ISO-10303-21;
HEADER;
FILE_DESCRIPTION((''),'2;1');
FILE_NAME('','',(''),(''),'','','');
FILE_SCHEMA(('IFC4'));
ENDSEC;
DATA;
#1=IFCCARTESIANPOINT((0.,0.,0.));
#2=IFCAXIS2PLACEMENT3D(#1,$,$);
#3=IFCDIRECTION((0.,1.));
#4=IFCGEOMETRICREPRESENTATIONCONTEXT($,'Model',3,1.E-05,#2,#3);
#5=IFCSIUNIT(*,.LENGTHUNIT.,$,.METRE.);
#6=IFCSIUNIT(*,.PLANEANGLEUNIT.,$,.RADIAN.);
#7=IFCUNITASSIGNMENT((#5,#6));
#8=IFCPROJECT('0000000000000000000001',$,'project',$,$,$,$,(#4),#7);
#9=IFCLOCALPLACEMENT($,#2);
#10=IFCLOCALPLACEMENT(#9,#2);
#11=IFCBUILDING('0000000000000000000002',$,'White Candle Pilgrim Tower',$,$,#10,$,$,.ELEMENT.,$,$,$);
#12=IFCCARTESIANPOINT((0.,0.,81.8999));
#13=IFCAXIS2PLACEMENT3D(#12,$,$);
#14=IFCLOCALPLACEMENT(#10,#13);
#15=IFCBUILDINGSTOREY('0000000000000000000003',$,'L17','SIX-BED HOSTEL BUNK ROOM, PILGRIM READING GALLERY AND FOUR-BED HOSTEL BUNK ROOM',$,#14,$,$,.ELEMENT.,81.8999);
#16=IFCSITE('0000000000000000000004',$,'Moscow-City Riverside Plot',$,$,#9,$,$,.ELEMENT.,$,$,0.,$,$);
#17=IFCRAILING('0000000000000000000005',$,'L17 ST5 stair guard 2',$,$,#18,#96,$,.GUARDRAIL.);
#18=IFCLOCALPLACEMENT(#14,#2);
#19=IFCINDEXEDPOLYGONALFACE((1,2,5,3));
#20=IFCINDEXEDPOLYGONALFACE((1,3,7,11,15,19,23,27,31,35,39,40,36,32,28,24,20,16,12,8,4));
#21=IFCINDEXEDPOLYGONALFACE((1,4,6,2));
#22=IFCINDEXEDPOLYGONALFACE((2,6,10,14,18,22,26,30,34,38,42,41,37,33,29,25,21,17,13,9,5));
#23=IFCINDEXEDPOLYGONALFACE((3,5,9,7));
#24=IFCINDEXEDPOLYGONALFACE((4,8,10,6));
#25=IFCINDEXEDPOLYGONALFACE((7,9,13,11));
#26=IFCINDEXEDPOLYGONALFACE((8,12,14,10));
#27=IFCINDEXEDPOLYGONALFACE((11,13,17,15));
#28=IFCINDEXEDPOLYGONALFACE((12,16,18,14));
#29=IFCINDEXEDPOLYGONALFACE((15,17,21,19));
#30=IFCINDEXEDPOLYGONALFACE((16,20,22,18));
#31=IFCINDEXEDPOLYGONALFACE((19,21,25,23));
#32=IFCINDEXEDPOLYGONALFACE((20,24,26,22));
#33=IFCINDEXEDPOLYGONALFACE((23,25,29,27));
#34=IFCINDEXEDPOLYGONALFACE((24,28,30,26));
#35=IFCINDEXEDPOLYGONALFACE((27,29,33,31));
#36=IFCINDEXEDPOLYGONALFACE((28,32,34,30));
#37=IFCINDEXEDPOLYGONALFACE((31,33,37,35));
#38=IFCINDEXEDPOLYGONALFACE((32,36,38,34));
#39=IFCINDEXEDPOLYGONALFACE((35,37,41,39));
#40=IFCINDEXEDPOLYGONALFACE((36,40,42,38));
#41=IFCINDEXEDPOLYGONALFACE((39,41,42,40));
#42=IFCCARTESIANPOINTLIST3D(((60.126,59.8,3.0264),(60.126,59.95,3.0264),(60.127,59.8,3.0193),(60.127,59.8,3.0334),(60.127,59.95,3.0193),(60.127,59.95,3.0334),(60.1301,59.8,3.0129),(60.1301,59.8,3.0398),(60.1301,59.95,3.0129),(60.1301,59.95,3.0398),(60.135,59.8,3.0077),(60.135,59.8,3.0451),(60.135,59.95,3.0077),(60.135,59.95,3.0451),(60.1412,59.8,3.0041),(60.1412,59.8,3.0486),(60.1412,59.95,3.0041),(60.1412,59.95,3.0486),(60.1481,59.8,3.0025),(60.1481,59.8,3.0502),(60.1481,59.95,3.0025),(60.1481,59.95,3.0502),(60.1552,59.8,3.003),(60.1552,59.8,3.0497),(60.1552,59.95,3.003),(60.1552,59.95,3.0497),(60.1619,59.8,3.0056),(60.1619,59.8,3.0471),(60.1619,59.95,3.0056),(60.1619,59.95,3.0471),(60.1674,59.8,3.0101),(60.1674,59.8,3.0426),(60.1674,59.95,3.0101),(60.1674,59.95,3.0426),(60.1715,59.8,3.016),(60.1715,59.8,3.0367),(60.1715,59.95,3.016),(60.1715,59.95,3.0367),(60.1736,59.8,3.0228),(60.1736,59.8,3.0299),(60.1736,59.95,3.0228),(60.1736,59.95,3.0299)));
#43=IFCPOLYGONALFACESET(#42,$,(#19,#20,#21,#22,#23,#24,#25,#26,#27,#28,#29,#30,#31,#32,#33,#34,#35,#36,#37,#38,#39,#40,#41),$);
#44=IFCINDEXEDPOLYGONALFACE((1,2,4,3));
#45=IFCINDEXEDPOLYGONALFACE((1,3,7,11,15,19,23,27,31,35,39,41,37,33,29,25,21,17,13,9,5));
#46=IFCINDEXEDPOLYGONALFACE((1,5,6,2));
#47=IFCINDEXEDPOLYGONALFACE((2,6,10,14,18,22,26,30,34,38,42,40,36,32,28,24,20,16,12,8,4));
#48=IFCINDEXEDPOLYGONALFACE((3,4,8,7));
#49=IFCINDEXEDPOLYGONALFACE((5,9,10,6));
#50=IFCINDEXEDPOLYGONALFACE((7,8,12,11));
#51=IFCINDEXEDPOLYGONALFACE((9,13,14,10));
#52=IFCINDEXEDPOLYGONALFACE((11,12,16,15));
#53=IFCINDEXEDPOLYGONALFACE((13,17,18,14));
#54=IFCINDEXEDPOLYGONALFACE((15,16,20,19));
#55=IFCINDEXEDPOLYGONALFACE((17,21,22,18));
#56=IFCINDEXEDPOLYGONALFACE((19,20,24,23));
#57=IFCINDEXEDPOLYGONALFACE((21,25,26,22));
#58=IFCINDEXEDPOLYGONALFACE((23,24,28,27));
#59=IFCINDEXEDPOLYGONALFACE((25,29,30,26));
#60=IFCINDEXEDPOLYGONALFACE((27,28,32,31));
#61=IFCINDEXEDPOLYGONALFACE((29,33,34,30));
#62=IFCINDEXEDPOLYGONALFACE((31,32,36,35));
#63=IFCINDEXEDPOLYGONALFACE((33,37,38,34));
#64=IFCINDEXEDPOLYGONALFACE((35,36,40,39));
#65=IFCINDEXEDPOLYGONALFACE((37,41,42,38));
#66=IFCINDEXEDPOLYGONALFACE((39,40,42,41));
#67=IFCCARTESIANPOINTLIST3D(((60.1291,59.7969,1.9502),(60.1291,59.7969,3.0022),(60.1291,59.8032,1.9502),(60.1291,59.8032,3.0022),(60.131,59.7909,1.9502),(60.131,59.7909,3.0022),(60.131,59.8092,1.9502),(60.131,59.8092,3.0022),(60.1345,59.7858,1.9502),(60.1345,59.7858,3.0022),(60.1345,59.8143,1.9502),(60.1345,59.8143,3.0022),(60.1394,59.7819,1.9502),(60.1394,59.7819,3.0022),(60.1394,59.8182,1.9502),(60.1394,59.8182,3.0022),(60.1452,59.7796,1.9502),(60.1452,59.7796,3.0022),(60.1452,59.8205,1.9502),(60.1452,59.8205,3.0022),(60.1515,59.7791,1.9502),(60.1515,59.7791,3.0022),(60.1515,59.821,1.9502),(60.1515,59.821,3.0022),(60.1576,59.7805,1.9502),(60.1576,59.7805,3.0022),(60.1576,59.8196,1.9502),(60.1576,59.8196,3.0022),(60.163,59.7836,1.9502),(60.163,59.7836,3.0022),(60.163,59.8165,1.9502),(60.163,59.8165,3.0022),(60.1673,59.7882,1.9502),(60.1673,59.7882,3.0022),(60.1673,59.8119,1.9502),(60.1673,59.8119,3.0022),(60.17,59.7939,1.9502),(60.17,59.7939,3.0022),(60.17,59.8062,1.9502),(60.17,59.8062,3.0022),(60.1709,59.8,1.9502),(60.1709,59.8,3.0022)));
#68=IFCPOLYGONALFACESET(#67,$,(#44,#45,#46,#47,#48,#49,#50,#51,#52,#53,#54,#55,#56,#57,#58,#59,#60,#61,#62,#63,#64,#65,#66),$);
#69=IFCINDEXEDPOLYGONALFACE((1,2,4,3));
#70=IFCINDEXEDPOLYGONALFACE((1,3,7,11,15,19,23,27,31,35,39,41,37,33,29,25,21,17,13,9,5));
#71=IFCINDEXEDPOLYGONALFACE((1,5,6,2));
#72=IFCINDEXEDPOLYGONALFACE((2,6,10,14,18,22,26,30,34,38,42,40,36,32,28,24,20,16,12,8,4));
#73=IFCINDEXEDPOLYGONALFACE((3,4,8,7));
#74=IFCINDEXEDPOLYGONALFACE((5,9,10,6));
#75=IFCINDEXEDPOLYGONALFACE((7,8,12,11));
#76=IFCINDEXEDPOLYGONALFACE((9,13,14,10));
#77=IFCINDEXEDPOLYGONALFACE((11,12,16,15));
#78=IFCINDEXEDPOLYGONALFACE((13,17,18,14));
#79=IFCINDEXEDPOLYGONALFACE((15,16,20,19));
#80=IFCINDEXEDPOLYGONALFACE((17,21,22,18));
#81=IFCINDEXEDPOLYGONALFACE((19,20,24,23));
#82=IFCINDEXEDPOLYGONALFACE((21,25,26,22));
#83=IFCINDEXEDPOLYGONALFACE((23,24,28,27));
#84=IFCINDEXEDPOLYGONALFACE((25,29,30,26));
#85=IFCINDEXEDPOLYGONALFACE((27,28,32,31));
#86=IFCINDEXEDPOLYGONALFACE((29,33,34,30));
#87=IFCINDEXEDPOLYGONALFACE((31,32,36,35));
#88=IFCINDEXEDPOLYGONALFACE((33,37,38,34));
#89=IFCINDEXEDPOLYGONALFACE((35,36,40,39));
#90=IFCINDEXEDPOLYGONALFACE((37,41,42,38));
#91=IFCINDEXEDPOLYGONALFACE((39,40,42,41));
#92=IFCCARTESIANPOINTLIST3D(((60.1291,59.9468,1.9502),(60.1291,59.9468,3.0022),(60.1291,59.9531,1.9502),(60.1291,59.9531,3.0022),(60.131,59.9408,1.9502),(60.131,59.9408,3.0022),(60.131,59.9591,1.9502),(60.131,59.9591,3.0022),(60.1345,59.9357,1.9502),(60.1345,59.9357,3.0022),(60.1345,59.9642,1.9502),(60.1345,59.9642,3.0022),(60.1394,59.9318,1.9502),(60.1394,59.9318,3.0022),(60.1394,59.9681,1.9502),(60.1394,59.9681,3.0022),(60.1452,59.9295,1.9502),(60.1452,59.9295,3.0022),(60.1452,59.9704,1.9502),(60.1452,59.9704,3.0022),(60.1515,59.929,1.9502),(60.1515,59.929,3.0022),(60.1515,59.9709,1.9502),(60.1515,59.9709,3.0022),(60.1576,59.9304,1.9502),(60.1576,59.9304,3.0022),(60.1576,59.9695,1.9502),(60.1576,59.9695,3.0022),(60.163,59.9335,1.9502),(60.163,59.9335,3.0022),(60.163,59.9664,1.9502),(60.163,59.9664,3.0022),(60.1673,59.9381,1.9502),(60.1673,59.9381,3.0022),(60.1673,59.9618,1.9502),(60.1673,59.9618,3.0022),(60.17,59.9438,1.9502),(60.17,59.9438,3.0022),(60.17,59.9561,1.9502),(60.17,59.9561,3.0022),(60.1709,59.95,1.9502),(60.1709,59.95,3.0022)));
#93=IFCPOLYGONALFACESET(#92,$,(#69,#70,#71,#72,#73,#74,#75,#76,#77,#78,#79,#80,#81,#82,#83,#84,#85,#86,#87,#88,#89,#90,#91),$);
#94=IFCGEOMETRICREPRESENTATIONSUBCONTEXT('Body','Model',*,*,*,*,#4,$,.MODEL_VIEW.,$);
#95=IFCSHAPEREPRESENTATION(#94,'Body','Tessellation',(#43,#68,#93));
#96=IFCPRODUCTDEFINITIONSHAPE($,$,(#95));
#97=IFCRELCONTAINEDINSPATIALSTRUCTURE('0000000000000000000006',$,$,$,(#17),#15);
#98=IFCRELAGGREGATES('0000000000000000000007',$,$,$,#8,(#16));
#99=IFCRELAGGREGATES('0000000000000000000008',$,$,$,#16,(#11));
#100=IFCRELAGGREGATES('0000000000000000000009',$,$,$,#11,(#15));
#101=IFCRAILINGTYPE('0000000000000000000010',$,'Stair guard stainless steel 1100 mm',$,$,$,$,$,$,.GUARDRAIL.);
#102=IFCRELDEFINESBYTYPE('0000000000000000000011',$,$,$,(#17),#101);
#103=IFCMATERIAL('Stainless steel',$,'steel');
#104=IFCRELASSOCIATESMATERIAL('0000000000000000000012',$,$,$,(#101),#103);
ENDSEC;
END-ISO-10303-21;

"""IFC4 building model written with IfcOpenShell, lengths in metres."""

from ifc_helpers import new_model, si_unit, direction, frame, origin, origin_2d, place, context, subcontext, project, spatial, circle, extrude, material, type_object, element, save


model = new_model("IFC4")

# Units and contexts
model_context = context("Model", 3, precision=1e-05, world=origin(), true_north=direction((0.0, 1.0)))
body_context = subcontext(model_context, "Body", "Model", "MODEL_VIEW")
ifc_project = project(units=[si_unit("LENGTHUNIT", "METRE"), si_unit("PLANEANGLEUNIT", "RADIAN")], contexts=[model_context])

# Site, building, storey
site_placement = place(None, origin())
site = spatial("IfcSite", under=ifc_project, at=site_placement, Name="Moscow-City Riverside Plot", CompositionType="ELEMENT", RefElevation=0.0)
building_placement = place(site_placement, origin())
building = spatial("IfcBuilding", under=site, at=building_placement, Name="White Candle Pilgrim Tower", CompositionType="ELEMENT")
storey_placement = place(building_placement, frame((0.0, 0.0, 81.8999)))
storey = spatial("IfcBuildingStorey", under=building, at=storey_placement, Name="L17", Description="SIX-BED HOSTEL BUNK ROOM, PILGRIM READING GALLERY AND FOUR-BED HOSTEL BUNK ROOM", CompositionType="ELEMENT", Elevation=81.8999)

# Railing
ifc_material_1 = material(Name="Stainless steel", Category="steel")
railing_type_1 = type_object("IfcRailingType", Name="Stair guard stainless steel 1100 mm", PredefinedType="GUARDRAIL", material=ifc_material_1)
railing_1_placement = place(storey_placement, frame((60.1499, 59.8, 1.9502)))
element("IfcRailing", 1, at=railing_1_placement, inside=storey, type_object=railing_type_1, Name="L17 ST5 stair guard 2", PredefinedType="GUARDRAIL", context=body_context, shape_type="SweptSolid", body=[
    extrude(circle(Radius=0.0239, at=origin_2d()), frame((0.0, 0.0, 1.0762), z_axis=(0.0, 1.0, 0.0), x_axis=(-1.0, 0.0, 0.0)), (0.0, 0.0, 1.0), 0.1499),
    extrude(circle(Radius=0.021, at=origin_2d()), origin(), (0.0, 0.0, 1.0), 1.052),
    extrude(circle(Radius=0.021, at=origin_2d()), frame((0.0, 0.1499, 0.0)), (0.0, 0.0, 1.0), 1.052),
])

save(model, "model.ifc")
